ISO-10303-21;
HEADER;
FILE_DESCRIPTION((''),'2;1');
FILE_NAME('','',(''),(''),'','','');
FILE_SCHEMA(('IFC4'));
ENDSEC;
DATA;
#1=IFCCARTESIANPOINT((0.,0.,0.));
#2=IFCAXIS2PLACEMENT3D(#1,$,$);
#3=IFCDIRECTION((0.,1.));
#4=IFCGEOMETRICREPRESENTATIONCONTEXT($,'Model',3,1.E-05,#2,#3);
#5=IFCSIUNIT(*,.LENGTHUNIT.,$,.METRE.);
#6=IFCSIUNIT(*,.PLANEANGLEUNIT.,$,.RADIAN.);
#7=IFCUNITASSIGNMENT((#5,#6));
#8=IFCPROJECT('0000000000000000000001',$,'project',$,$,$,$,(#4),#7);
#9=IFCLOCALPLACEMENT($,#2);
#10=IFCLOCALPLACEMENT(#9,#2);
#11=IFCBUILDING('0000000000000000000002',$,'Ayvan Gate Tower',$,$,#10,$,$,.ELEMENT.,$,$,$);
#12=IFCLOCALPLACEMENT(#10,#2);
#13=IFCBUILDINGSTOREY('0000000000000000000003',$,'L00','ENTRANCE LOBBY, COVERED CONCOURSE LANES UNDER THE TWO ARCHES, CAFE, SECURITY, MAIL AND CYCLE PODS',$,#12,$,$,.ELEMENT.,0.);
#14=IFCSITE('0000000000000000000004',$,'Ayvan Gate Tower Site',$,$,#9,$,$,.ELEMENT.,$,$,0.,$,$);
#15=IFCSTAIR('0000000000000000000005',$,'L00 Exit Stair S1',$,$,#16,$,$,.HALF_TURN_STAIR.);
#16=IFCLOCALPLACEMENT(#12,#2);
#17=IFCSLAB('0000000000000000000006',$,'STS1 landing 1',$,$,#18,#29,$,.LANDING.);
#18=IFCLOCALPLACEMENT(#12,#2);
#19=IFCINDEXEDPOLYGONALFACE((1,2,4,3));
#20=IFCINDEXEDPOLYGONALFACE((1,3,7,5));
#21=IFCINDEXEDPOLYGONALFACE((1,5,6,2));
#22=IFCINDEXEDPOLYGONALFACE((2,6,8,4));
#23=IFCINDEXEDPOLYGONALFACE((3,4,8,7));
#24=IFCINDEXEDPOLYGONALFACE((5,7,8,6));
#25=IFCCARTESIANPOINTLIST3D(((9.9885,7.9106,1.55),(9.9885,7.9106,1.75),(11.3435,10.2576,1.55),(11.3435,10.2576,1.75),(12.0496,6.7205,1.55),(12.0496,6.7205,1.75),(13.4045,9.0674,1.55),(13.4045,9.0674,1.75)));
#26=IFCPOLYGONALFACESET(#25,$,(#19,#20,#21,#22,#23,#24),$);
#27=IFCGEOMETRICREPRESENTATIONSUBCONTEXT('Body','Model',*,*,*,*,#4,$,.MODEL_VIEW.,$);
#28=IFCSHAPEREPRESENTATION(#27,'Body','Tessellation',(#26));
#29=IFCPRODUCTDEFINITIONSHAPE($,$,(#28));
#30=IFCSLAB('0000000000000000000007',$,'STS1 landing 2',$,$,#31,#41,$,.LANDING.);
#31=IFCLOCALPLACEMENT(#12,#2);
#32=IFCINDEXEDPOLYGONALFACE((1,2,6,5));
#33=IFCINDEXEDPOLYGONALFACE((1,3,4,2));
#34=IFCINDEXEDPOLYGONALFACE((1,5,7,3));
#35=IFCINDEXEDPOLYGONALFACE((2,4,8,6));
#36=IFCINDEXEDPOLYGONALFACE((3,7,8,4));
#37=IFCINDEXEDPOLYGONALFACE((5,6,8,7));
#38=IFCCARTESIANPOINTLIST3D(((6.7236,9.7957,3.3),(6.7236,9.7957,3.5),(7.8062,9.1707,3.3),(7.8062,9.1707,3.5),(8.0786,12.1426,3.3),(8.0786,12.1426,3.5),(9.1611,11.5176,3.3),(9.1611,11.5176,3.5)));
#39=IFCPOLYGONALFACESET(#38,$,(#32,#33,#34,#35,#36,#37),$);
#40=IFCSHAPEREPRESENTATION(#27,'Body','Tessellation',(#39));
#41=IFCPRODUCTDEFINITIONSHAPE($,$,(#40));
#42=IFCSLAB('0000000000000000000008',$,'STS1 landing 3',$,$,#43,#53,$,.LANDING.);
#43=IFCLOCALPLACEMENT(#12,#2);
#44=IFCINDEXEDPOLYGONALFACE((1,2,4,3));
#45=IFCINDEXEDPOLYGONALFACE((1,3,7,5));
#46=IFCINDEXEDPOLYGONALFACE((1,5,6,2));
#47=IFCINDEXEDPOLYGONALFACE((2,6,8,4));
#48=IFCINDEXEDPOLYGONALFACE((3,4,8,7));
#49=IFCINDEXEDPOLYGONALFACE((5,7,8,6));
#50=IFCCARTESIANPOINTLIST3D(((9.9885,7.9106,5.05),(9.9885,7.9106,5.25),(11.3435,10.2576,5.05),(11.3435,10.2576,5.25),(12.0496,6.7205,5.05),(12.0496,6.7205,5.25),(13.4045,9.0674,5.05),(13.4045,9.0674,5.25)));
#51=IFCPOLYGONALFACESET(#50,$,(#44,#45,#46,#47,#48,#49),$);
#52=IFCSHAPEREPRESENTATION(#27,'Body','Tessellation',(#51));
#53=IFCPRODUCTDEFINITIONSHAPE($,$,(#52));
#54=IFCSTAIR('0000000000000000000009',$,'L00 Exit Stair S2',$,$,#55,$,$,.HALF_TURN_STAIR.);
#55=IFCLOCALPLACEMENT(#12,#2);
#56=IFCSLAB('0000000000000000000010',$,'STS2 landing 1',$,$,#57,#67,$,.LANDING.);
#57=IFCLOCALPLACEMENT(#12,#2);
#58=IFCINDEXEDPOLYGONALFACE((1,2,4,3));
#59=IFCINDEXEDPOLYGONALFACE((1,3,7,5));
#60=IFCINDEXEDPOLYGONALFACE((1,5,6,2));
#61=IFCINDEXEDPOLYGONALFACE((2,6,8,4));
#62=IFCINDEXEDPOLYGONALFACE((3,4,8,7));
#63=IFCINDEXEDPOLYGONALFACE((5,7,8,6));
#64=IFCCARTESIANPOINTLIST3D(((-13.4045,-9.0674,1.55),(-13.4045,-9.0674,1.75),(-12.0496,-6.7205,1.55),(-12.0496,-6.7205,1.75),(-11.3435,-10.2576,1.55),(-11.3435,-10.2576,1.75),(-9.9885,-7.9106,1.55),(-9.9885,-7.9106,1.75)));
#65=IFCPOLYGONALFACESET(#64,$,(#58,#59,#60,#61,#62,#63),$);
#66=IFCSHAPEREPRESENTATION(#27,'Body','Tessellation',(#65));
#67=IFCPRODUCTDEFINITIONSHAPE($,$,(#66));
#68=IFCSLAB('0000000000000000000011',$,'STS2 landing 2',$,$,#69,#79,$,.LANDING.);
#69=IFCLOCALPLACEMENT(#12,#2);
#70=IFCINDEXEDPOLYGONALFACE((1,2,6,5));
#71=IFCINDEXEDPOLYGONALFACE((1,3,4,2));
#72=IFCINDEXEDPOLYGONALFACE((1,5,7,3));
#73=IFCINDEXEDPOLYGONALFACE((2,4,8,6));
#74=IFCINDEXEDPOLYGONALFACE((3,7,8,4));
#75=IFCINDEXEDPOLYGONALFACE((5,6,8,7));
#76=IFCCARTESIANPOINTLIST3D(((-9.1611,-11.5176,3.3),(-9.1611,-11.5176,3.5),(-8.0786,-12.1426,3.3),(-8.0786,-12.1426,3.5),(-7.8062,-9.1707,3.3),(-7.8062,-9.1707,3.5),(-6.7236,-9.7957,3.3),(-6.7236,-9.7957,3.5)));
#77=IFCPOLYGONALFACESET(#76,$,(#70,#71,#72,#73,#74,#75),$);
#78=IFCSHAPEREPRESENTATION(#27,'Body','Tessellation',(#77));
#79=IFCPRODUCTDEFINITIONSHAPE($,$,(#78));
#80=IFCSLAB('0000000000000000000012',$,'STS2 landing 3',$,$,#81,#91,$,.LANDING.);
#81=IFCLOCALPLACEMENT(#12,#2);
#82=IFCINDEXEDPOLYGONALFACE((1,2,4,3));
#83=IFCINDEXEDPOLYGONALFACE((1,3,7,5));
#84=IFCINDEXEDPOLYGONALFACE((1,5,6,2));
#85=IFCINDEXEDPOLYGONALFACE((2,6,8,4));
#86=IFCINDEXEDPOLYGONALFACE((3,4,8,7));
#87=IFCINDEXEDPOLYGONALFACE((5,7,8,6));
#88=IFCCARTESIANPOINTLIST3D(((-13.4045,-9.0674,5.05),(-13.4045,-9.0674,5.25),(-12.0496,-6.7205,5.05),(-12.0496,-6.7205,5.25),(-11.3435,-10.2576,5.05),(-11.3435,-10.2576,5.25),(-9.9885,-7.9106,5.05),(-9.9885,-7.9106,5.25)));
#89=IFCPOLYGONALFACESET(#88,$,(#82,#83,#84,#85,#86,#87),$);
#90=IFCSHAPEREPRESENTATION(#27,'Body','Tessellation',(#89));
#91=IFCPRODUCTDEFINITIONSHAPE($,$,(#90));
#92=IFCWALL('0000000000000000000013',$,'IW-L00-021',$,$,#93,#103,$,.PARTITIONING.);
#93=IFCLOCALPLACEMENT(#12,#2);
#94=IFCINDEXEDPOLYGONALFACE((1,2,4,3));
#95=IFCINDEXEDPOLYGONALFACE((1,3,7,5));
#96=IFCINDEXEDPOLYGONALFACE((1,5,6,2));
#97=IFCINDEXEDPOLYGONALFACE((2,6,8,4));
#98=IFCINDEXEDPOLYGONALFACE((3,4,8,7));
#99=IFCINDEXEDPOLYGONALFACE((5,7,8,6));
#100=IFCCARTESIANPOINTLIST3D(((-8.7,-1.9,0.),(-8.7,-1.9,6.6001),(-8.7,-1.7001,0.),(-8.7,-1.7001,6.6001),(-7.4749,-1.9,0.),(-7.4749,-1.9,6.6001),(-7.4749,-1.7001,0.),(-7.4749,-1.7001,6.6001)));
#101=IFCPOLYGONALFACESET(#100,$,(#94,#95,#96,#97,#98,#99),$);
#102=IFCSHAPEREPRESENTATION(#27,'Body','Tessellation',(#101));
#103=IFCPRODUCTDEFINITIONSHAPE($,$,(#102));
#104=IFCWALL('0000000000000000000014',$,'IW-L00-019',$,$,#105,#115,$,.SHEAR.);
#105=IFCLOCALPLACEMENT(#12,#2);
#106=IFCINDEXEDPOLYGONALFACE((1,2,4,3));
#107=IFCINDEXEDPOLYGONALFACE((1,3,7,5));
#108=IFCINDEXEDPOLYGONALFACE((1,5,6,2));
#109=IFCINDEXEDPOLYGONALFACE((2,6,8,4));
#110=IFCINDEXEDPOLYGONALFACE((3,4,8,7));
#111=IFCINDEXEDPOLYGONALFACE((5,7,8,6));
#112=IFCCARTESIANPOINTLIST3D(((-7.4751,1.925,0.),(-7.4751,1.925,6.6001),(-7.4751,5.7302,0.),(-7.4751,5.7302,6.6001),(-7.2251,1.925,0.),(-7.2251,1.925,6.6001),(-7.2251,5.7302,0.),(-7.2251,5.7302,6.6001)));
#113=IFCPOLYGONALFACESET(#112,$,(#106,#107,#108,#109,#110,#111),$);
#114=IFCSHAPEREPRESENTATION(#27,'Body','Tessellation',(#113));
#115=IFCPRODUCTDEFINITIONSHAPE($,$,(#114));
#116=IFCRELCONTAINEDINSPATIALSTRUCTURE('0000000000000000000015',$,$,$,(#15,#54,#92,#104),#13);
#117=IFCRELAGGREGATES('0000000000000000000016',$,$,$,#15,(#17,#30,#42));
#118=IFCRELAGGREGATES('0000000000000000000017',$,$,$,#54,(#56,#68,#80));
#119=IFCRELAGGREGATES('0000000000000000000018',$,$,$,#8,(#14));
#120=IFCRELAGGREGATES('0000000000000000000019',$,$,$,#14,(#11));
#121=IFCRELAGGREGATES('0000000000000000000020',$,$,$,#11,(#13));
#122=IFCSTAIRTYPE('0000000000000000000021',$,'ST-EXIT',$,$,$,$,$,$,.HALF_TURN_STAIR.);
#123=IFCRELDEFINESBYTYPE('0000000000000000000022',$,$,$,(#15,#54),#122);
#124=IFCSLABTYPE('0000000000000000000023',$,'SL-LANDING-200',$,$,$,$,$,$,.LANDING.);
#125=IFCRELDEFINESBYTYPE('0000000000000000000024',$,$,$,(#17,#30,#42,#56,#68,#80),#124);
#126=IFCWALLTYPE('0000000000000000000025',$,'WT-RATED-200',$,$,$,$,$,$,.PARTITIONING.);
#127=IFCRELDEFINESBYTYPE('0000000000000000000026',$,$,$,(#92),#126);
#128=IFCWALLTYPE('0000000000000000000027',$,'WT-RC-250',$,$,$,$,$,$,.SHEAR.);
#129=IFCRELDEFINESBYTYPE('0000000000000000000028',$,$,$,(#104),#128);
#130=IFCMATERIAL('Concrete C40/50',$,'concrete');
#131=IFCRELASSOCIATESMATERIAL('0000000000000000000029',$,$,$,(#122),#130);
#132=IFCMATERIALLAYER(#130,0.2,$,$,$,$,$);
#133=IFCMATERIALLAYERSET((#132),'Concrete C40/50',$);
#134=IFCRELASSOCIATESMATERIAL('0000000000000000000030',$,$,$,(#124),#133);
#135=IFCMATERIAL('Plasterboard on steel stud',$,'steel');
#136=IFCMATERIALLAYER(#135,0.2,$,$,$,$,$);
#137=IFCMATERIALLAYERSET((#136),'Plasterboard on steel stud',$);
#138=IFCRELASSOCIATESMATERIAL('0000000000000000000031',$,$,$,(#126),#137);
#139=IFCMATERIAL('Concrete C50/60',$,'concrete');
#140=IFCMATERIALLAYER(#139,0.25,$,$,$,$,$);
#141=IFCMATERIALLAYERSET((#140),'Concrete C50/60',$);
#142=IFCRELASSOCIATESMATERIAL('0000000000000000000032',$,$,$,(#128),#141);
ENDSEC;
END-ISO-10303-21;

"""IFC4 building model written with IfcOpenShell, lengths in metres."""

from ifc_helpers import new_model, si_unit, direction, frame, frame_2d, origin, place, context, subcontext, project, spatial, polyline, rectangle, outline, extrude, material, layer, layer_set, type_object, element, aggregate, save


model = new_model("IFC4")

# Units and contexts
model_context = context("Model", 3, precision=1e-05, world=origin(), true_north=direction((0.0, 1.0)))
body_context = subcontext(model_context, "Body", "Model", "MODEL_VIEW")
ifc_project = project(units=[si_unit("LENGTHUNIT", "METRE"), si_unit("PLANEANGLEUNIT", "RADIAN")], contexts=[model_context])

# Site, building, storey
site_placement = place(None, origin())
site = spatial("IfcSite", under=ifc_project, at=site_placement, Name="Ayvan Gate Tower Site", CompositionType="ELEMENT", RefElevation=0.0)
building_placement = place(site_placement, origin())
building = spatial("IfcBuilding", under=site, at=building_placement, Name="Ayvan Gate Tower", CompositionType="ELEMENT")
storey_placement = place(building_placement, origin())
storey = spatial("IfcBuildingStorey", under=building, at=storey_placement, Name="L00", Description="ENTRANCE LOBBY, COVERED CONCOURSE LANES UNDER THE TWO ARCHES, CAFE, SECURITY, MAIL AND CYCLE PODS", CompositionType="ELEMENT", Elevation=0.0)

# Stairs, slabs
ifc_material_1 = material(Name="Concrete C40/50", Category="concrete")
stair_type = type_object("IfcStairType", Name="ST-EXIT", PredefinedType="HALF_TURN_STAIR", material=ifc_material_1)
stair_1_placement = place(storey_placement, origin())
stair_1 = element("IfcStair", 1, at=stair_1_placement, inside=storey, type_object=stair_type, Name="L00 Exit Stair S1", PredefinedType="HALF_TURN_STAIR")
ifc_layer_1 = layer(ifc_material_1, 0.2)
ifc_layer_set_1 = layer_set([ifc_layer_1], Name="Concrete C40/50")
slab_type = type_object("IfcSlabType", Name="SL-LANDING-200", PredefinedType="LANDING", material=ifc_layer_set_1)
slab_1_placement = place(storey_placement, frame((0.0, 0.0, 1.55)))
slab_1 = element("IfcSlab", 2, at=slab_1_placement, type_object=slab_type, Name="STS1 landing 1", PredefinedType="LANDING", context=body_context, shape_type="SweptSolid", body=[
    extrude(outline(polyline([(9.9885, 7.9106), (12.0496, 6.7205), (13.4045, 9.0674), (11.3435, 10.2576), (9.9885, 7.9106)])), origin(), (0.0, 0.0, 1.0), 0.2),
])
slab_2_placement = place(storey_placement, frame((0.0, 0.0, 3.3)))
slab_2 = element("IfcSlab", 3, at=slab_2_placement, type_object=slab_type, Name="STS1 landing 2", PredefinedType="LANDING", context=body_context, shape_type="SweptSolid", body=[
    extrude(outline(polyline([(6.7236, 9.7957), (7.8062, 9.1707), (9.1611, 11.5176), (8.0786, 12.1426), (6.7236, 9.7957)])), origin(), (0.0, 0.0, 1.0), 0.2),
])
slab_3_placement = place(storey_placement, frame((0.0, 0.0, 5.05)))
slab_3 = element("IfcSlab", 4, at=slab_3_placement, type_object=slab_type, Name="STS1 landing 3", PredefinedType="LANDING", context=body_context, shape_type="SweptSolid", body=[
    extrude(outline(polyline([(9.9885, 7.9106), (12.0496, 6.7205), (13.4045, 9.0674), (11.3435, 10.2576), (9.9885, 7.9106)])), origin(), (0.0, 0.0, 1.0), 0.2),
])
aggregate(stair_1, [slab_1, slab_2, slab_3])
stair_2_placement = place(storey_placement, origin())
stair_2 = element("IfcStair", 5, at=stair_2_placement, inside=storey, type_object=stair_type, Name="L00 Exit Stair S2", PredefinedType="HALF_TURN_STAIR")
slab_4_placement = place(storey_placement, frame((0.0, 0.0, 1.55)))
slab_4 = element("IfcSlab", 6, at=slab_4_placement, type_object=slab_type, Name="STS2 landing 1", PredefinedType="LANDING", context=body_context, shape_type="SweptSolid", body=[
    extrude(outline(polyline([(-9.9885, -7.9106), (-12.0496, -6.7205), (-13.4045, -9.0674), (-11.3435, -10.2576), (-9.9885, -7.9106)])), origin(), (0.0, 0.0, 1.0), 0.2),
])
slab_5_placement = place(storey_placement, frame((0.0, 0.0, 3.3)))
slab_5 = element("IfcSlab", 7, at=slab_5_placement, type_object=slab_type, Name="STS2 landing 2", PredefinedType="LANDING", context=body_context, shape_type="SweptSolid", body=[
    extrude(outline(polyline([(-6.7236, -9.7957), (-7.8062, -9.1707), (-9.1611, -11.5176), (-8.0786, -12.1426), (-6.7236, -9.7957)])), origin(), (0.0, 0.0, 1.0), 0.2),
])
slab_6_placement = place(storey_placement, frame((0.0, 0.0, 5.05)))
slab_6 = element("IfcSlab", 8, at=slab_6_placement, type_object=slab_type, Name="STS2 landing 3", PredefinedType="LANDING", context=body_context, shape_type="SweptSolid", body=[
    extrude(outline(polyline([(-9.9885, -7.9106), (-12.0496, -6.7205), (-13.4045, -9.0674), (-11.3435, -10.2576), (-9.9885, -7.9106)])), origin(), (0.0, 0.0, 1.0), 0.2),
])
aggregate(stair_2, [slab_4, slab_5, slab_6])

# Walls
ifc_material_2 = material(Name="Plasterboard on steel stud", Category="steel")
ifc_layer_2 = layer(ifc_material_2, 0.2)
ifc_layer_set_2 = layer_set([ifc_layer_2], Name="Plasterboard on steel stud")
wall_type_1 = type_object("IfcWallType", Name="WT-RATED-200", PredefinedType="PARTITIONING", material=ifc_layer_set_2)
wall_1_placement = place(storey_placement, frame((-7.4749, -1.8, 0.0), z_axis=(0.0, 0.0, 1.0), x_axis=(-1.0, 0.0, 0.0)))
element("IfcWall", 9, at=wall_1_placement, inside=storey, type_object=wall_type_1, Name="IW-L00-021", PredefinedType="PARTITIONING", context=body_context, shape_type="SweptSolid", body=[
    extrude(rectangle(XDim=1.2251, YDim=0.2, at=frame_2d((0.6125, 0.0))), origin(), (0.0, 0.0, 1.0), 6.6001),
])
ifc_material_3 = material(Name="Concrete C50/60", Category="concrete")
ifc_layer_3 = layer(ifc_material_3, 0.25)
ifc_layer_set_3 = layer_set([ifc_layer_3], Name="Concrete C50/60")
wall_type_2 = type_object("IfcWallType", Name="WT-RC-250", PredefinedType="SHEAR", material=ifc_layer_set_3)
wall_2_placement = place(storey_placement, frame((-7.3501, 1.925, 0.0), z_axis=(0.0, 0.0, 1.0), x_axis=(0.0, 1.0, 0.0)))
element("IfcWall", 10, at=wall_2_placement, inside=storey, type_object=wall_type_2, Name="IW-L00-019", PredefinedType="SHEAR", context=body_context, shape_type="SweptSolid", body=[
    extrude(rectangle(XDim=3.8052, YDim=0.25, at=frame_2d((1.9026, 0.0))), origin(), (0.0, 0.0, 1.0), 6.6001),
])

save(model, "model.ifc")
